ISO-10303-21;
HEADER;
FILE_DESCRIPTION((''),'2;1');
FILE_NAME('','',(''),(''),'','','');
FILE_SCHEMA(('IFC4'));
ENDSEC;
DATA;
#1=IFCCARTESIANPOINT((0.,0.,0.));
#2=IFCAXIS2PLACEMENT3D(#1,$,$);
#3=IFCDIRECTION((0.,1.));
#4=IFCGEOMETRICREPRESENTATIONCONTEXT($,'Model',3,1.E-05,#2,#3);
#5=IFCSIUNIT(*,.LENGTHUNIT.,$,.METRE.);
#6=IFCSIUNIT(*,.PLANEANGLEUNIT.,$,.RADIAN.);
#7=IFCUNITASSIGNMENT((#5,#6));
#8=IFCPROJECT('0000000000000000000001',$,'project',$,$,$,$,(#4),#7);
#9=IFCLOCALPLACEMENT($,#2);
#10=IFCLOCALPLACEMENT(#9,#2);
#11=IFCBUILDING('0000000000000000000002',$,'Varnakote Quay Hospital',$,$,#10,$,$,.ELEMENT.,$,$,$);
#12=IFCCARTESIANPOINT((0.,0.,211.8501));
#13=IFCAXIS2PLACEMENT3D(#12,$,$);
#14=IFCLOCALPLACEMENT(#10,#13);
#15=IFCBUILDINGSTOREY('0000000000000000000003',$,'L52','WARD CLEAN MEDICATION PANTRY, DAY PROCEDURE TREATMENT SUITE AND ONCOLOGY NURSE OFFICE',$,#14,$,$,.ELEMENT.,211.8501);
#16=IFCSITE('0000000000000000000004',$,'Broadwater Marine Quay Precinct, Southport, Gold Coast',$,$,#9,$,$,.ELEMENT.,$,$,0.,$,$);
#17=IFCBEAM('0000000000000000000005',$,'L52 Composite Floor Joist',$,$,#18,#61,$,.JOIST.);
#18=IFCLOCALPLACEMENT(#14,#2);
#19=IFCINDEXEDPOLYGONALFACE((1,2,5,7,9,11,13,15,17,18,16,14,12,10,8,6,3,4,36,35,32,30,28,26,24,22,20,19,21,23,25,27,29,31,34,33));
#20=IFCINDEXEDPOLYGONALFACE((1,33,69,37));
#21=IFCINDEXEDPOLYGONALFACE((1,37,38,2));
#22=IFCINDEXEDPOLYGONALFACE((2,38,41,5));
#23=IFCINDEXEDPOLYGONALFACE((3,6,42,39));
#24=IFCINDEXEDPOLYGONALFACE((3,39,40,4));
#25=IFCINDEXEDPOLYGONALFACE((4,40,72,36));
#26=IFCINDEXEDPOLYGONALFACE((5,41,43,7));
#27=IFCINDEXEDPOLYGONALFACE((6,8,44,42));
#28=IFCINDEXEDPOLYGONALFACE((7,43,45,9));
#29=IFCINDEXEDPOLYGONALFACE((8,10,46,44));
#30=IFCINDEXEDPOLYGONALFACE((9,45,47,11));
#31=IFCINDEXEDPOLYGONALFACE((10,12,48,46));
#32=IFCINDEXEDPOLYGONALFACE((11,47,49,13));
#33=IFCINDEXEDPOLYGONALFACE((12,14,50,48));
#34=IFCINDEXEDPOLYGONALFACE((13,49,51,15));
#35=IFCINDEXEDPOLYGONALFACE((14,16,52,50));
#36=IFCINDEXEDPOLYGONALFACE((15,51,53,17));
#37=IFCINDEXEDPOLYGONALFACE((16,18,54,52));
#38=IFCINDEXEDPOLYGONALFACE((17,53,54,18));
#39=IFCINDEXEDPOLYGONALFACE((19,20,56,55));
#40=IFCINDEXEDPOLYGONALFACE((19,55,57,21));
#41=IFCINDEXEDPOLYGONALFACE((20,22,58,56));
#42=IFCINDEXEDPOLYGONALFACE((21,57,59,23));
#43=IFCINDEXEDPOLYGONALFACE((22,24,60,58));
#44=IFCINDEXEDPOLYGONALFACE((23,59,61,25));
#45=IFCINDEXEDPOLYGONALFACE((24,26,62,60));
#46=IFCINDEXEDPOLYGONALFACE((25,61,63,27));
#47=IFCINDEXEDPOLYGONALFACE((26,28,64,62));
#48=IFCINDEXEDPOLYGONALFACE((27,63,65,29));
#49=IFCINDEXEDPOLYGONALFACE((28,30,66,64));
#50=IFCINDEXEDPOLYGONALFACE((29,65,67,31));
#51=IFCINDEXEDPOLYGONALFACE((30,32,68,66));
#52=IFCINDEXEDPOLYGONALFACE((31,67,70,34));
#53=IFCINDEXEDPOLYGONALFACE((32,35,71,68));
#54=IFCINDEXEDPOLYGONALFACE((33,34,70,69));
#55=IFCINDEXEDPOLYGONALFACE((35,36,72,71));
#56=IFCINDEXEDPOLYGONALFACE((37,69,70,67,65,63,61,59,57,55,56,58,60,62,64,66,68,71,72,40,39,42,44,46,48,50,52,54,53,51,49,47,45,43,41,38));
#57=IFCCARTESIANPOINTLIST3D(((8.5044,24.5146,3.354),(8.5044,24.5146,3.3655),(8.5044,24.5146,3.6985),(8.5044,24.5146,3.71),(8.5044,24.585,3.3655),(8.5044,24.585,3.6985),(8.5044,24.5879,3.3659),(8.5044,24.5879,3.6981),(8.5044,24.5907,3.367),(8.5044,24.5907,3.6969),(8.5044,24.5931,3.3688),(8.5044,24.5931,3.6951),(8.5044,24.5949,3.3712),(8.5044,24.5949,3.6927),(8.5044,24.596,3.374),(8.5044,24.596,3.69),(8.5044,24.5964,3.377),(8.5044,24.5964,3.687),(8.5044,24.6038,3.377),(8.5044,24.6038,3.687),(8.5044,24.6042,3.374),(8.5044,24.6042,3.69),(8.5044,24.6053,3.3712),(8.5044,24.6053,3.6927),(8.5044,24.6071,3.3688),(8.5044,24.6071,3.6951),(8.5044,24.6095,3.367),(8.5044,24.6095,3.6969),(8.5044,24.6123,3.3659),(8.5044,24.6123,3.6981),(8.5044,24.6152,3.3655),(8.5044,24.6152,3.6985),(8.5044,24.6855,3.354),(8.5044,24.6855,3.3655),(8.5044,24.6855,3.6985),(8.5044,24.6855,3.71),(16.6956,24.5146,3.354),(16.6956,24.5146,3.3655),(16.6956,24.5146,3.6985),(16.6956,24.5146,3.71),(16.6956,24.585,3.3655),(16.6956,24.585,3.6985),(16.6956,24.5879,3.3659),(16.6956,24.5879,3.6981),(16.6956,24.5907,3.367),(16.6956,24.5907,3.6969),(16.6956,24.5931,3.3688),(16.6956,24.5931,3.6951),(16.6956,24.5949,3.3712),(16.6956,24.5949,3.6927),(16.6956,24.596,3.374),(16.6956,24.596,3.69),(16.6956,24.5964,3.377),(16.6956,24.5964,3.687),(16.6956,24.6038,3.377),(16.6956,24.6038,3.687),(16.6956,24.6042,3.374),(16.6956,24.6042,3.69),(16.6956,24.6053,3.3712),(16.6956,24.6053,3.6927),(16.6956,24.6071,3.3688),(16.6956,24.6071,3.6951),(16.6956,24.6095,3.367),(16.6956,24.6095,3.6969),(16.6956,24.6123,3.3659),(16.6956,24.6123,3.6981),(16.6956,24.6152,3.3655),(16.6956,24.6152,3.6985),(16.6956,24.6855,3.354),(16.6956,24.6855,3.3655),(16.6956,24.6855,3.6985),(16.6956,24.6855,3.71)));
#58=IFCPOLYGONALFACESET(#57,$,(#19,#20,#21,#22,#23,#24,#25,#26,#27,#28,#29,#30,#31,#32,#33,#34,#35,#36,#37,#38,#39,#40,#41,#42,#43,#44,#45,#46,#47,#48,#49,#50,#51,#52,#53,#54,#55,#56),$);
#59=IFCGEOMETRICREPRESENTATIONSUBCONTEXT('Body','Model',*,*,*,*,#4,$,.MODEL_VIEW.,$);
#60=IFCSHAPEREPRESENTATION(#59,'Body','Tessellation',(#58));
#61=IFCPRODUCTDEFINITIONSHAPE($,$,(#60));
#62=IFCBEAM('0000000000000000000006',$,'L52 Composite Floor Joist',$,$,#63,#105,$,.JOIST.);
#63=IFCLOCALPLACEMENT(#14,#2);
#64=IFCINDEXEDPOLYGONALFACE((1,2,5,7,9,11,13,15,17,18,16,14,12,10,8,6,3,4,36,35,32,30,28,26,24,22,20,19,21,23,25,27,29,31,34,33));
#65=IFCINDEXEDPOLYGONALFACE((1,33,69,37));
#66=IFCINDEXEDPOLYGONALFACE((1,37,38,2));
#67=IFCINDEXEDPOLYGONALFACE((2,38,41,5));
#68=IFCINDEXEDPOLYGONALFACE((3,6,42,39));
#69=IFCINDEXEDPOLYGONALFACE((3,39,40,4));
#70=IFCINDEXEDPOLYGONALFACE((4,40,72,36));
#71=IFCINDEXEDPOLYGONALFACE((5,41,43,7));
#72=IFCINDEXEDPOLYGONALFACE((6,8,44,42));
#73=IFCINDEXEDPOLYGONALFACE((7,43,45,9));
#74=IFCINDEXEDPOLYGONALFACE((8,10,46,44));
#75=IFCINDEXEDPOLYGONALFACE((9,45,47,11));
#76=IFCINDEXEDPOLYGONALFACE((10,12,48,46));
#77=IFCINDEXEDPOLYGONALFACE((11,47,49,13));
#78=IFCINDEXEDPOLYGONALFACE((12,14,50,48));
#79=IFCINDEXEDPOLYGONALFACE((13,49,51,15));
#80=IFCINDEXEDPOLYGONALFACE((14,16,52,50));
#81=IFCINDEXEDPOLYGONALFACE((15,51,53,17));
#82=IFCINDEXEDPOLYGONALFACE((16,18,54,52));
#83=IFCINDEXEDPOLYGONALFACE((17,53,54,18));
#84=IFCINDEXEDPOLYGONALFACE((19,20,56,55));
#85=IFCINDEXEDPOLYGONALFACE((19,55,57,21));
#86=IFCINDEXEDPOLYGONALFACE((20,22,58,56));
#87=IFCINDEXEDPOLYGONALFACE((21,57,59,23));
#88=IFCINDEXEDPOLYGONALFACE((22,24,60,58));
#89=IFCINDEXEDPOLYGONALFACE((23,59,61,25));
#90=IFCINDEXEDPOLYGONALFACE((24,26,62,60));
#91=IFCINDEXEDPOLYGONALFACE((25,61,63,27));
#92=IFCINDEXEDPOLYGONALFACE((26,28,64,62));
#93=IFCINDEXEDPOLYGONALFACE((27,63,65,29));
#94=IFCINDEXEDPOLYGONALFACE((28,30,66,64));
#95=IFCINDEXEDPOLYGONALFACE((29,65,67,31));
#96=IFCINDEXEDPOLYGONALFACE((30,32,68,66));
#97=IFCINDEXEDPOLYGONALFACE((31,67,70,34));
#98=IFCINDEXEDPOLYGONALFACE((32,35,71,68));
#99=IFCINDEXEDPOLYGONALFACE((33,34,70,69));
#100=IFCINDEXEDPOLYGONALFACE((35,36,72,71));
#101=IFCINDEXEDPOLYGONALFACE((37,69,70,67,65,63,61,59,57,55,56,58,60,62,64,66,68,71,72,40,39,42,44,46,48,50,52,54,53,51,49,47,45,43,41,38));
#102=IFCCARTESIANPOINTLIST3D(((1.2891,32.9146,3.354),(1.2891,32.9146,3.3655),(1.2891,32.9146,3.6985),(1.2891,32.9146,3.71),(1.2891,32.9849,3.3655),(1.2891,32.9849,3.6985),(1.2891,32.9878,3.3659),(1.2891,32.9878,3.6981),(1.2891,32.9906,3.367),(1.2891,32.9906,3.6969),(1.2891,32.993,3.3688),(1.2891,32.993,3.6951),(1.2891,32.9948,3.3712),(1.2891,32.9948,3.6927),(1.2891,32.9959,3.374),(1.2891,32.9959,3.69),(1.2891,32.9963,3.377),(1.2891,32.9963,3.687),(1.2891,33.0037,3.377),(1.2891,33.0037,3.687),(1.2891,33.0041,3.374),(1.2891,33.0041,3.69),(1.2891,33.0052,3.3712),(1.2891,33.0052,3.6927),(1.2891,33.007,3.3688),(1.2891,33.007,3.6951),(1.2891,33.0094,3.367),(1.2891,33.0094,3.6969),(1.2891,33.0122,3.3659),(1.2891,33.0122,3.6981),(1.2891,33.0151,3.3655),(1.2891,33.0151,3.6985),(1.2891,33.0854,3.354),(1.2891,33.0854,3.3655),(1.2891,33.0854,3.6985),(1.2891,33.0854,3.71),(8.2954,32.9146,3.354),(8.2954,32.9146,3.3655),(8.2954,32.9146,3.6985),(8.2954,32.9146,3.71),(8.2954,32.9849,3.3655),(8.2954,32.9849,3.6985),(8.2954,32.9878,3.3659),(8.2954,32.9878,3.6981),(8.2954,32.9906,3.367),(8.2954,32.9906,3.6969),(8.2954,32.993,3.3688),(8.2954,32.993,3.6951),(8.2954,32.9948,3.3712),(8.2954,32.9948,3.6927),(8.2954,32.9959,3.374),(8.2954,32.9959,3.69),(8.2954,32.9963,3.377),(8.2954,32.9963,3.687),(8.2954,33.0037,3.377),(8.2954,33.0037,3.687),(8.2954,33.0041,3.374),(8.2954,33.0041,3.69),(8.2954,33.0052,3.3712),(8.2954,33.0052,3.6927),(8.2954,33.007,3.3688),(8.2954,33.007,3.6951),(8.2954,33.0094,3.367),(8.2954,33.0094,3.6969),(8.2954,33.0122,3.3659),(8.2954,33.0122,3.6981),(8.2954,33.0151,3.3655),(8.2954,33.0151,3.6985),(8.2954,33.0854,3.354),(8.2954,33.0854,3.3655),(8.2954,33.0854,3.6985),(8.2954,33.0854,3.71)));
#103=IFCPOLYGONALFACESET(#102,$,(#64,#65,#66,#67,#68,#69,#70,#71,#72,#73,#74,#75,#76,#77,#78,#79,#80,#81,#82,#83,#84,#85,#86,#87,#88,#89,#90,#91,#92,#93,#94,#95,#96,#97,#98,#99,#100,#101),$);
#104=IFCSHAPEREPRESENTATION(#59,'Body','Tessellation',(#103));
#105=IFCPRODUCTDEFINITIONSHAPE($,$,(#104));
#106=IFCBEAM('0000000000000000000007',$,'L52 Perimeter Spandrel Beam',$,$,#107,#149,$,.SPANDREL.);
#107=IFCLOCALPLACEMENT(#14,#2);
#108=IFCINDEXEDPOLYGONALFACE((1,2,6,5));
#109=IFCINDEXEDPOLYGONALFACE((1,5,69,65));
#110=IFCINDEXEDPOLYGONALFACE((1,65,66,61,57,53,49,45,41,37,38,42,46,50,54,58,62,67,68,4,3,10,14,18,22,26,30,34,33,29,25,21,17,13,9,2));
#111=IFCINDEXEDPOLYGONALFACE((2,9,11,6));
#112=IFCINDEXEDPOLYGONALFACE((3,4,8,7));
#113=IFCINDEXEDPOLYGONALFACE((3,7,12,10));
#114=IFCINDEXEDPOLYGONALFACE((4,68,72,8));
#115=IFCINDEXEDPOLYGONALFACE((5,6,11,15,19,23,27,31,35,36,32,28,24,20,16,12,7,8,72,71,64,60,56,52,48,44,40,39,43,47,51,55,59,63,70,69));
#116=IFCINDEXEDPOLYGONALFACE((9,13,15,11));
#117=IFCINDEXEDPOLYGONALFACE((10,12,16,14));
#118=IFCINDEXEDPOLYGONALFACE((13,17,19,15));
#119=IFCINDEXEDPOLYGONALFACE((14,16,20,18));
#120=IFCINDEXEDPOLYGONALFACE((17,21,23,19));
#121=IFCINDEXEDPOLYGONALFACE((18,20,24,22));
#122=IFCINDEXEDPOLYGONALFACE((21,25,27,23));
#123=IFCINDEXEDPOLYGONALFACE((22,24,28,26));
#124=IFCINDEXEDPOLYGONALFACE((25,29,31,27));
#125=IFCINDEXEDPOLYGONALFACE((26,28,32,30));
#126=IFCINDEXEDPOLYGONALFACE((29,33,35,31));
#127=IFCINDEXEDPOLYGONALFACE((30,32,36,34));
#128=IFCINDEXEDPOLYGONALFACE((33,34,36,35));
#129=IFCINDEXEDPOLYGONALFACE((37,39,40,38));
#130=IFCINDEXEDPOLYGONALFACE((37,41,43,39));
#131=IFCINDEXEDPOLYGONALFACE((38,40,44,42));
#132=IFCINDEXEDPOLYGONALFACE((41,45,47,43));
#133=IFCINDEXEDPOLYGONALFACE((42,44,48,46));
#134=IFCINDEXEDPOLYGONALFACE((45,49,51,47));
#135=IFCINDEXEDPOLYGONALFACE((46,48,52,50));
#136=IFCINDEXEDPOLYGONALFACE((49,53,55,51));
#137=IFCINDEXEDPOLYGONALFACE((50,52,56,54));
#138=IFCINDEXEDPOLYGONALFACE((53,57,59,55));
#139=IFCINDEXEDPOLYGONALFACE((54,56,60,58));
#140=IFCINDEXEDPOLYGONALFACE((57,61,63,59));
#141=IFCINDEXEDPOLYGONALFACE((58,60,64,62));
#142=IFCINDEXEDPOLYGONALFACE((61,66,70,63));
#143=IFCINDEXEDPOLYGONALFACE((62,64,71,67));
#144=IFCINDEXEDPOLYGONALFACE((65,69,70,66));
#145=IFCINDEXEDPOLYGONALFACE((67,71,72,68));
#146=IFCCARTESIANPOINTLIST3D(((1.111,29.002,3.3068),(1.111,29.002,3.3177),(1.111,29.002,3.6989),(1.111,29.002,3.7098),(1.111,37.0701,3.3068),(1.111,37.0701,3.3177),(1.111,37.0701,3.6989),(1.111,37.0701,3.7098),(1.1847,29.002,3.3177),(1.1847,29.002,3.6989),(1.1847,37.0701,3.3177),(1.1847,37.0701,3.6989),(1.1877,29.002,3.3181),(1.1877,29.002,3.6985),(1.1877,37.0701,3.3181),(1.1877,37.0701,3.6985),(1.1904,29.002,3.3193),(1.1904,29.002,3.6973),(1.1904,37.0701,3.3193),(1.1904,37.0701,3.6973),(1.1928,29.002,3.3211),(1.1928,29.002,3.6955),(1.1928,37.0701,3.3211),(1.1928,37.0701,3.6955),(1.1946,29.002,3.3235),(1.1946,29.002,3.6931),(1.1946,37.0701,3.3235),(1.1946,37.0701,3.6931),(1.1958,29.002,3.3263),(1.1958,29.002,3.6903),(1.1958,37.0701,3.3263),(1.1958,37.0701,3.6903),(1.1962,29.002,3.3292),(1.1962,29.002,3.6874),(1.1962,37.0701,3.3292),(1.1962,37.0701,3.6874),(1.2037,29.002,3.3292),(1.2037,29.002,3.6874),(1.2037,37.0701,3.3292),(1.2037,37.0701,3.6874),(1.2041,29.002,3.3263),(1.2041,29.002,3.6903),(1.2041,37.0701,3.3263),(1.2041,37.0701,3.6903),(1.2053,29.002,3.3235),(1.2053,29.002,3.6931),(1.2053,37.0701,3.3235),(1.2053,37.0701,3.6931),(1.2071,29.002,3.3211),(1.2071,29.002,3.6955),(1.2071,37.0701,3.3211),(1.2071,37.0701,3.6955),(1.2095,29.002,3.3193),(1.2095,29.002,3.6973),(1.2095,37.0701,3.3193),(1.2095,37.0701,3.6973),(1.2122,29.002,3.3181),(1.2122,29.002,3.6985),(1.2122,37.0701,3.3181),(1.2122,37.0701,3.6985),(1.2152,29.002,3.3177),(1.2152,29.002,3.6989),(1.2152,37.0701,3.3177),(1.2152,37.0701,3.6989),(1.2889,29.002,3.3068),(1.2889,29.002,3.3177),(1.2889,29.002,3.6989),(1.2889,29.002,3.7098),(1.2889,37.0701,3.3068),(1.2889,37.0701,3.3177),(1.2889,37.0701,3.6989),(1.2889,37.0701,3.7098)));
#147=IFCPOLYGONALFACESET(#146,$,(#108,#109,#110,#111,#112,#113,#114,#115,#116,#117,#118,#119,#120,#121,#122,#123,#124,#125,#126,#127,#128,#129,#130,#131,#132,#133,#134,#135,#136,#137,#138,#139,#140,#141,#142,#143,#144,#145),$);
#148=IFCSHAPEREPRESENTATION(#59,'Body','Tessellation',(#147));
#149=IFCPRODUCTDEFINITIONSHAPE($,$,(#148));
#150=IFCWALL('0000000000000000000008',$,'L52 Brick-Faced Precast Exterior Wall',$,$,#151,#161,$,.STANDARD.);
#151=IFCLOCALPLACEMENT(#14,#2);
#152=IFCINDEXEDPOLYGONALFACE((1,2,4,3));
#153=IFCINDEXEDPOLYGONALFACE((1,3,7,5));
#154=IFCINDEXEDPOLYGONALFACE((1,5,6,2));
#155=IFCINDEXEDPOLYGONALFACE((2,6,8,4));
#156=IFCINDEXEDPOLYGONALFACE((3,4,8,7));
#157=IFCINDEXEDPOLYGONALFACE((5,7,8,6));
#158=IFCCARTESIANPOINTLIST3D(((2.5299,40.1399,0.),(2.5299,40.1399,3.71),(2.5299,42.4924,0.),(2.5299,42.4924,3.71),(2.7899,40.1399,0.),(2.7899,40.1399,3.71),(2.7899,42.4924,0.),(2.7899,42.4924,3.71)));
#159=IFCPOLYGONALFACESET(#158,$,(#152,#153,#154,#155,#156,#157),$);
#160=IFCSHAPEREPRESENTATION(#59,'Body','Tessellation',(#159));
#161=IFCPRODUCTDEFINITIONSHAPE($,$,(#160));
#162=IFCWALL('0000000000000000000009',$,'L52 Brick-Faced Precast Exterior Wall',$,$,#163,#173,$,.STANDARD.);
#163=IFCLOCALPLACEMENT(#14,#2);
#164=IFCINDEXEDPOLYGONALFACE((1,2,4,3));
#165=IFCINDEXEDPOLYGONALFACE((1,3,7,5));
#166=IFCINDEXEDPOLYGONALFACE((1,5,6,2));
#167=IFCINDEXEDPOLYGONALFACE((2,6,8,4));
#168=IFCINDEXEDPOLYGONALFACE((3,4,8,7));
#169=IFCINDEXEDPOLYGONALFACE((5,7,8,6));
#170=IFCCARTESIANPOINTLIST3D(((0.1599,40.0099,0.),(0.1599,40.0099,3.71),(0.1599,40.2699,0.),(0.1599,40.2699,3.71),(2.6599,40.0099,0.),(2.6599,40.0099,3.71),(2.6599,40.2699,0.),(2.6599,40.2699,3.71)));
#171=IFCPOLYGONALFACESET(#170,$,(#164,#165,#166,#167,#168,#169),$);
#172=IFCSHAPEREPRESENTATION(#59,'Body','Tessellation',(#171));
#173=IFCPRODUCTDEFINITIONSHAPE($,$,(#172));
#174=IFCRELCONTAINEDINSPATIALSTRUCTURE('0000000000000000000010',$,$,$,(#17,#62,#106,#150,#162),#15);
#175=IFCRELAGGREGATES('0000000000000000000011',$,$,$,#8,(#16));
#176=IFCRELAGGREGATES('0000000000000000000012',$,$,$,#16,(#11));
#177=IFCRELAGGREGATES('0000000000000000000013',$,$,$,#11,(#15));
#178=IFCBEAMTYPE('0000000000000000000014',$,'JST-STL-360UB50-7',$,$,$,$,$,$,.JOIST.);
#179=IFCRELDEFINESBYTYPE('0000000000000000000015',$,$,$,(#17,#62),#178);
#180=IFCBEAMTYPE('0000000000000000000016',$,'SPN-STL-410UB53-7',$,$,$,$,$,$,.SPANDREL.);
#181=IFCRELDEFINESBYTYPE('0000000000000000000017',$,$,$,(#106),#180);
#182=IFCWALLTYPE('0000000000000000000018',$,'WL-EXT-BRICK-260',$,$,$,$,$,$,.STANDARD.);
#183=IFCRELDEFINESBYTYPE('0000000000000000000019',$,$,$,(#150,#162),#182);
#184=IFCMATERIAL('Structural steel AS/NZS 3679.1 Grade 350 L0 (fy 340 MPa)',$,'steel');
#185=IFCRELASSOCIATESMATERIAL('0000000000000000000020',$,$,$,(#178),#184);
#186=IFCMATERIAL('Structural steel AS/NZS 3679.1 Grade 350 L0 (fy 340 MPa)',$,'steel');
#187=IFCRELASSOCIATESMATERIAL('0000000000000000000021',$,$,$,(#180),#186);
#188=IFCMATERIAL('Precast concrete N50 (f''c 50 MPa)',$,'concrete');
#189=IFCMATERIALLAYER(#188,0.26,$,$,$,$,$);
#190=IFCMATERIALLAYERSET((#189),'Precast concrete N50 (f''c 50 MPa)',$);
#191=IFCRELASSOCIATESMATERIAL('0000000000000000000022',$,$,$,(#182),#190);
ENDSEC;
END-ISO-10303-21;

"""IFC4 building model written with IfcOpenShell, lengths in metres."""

from ifc_helpers import new_model, si_unit, direction, frame, frame_2d, origin, origin_2d, place, context, subcontext, project, spatial, rectangle, i_section, extrude, material, layer, layer_set, material_profile, profile_set, type_object, element, save


model = new_model("IFC4")

# Units and contexts
model_context = context("Model", 3, precision=1e-05, world=origin(), true_north=direction((0.0, 1.0)))
body_context = subcontext(model_context, "Body", "Model", "MODEL_VIEW")
ifc_project = project(units=[si_unit("LENGTHUNIT", "METRE"), si_unit("PLANEANGLEUNIT", "RADIAN")], contexts=[model_context])

# Site, building, storey
site_placement = place(None, origin())
site = spatial("IfcSite", under=ifc_project, at=site_placement, Name="Broadwater Marine Quay Precinct, Southport, Gold Coast", CompositionType="ELEMENT", RefElevation=0.0)
building_placement = place(site_placement, origin())
building = spatial("IfcBuilding", under=site, at=building_placement, Name="Varnakote Quay Hospital", CompositionType="ELEMENT")
storey_placement = place(building_placement, frame((0.0, 0.0, 211.8501)))
storey = spatial("IfcBuildingStorey", under=building, at=storey_placement, Name="L52", Description="WARD CLEAN MEDICATION PANTRY, DAY PROCEDURE TREATMENT SUITE AND ONCOLOGY NURSE OFFICE", CompositionType="ELEMENT", Elevation=211.8501)

# Beams
ifc_material_1 = material(Name="Structural steel AS/NZS 3679.1 Grade 350 L0 (fy 340 MPa)", Category="steel")
ifc_material_profile_1 = material_profile(ifc_material_1, i_section(OverallWidth=0.1709, OverallDepth=0.356, WebThickness=0.0073, FlangeThickness=0.0115, FilletRadius=0.0115, at=origin_2d()), Name="360UB50.7")
ifc_profile_set_1 = profile_set([ifc_material_profile_1], Name="Structural steel AS/NZS 3679.1 Grade 350 L0 (fy 340 MPa)")
beam_type_1 = type_object("IfcBeamType", Name="JST-STL-360UB50-7", PredefinedType="JOIST", material=ifc_profile_set_1)
beam_1_placement = place(storey_placement, frame((8.5044, 24.6001, 3.532), z_axis=(1.0, 0.0, 0.0), x_axis=(0.0, 1.0, 0.0)))
element("IfcBeam", 1, at=beam_1_placement, inside=storey, type_object=beam_type_1, Name="L52 Composite Floor Joist", PredefinedType="JOIST", context=body_context, shape_type="SweptSolid", body=[
    extrude(i_section(OverallWidth=0.1709, OverallDepth=0.356, WebThickness=0.0073, FlangeThickness=0.0115, FilletRadius=0.0115, at=origin_2d()), origin(), (0.0, 0.0, 1.0), 8.1912),
])
beam_2_placement = place(storey_placement, frame((1.2891, 33.0, 3.532), z_axis=(1.0, 0.0, 0.0), x_axis=(0.0, 1.0, 0.0)))
element("IfcBeam", 2, at=beam_2_placement, inside=storey, type_object=beam_type_1, Name="L52 Composite Floor Joist", PredefinedType="JOIST", context=body_context, shape_type="SweptSolid", body=[
    extrude(i_section(OverallWidth=0.1709, OverallDepth=0.356, WebThickness=0.0073, FlangeThickness=0.0115, FilletRadius=0.0115, at=origin_2d()), origin(), (0.0, 0.0, 1.0), 7.0063),
])
ifc_material_2 = material(Name="Structural steel AS/NZS 3679.1 Grade 350 L0 (fy 340 MPa)", Category="steel")
ifc_material_profile_2 = material_profile(ifc_material_2, i_section(OverallWidth=0.178, OverallDepth=0.4031, WebThickness=0.0076, FlangeThickness=0.011, FilletRadius=0.0115, at=origin_2d()), Name="410UB53.7")
ifc_profile_set_2 = profile_set([ifc_material_profile_2], Name="Structural steel AS/NZS 3679.1 Grade 350 L0 (fy 340 MPa)")
beam_type_2 = type_object("IfcBeamType", Name="SPN-STL-410UB53-7", PredefinedType="SPANDREL", material=ifc_profile_set_2)
beam_3_placement = place(storey_placement, frame((1.2, 29.002, 3.5083), z_axis=(0.0, 1.0, 0.0), x_axis=(-1.0, 0.0, 0.0)))
element("IfcBeam", 3, at=beam_3_placement, inside=storey, type_object=beam_type_2, Name="L52 Perimeter Spandrel Beam", PredefinedType="SPANDREL", context=body_context, shape_type="SweptSolid", body=[
    extrude(i_section(OverallWidth=0.178, OverallDepth=0.4031, WebThickness=0.0076, FlangeThickness=0.011, FilletRadius=0.0115, at=origin_2d()), origin(), (0.0, 0.0, 1.0), 8.0681),
])

# Walls
ifc_material_3 = material(Name="Precast concrete N50 (f'c 50 MPa)", Category="concrete")
ifc_layer = layer(ifc_material_3, 0.26)
ifc_layer_set = layer_set([ifc_layer], Name="Precast concrete N50 (f'c 50 MPa)")
wall_type = type_object("IfcWallType", Name="WL-EXT-BRICK-260", PredefinedType="STANDARD", material=ifc_layer_set)
wall_1_placement = place(storey_placement, frame((2.6599, 42.4924, 0.0), z_axis=(0.0, 0.0, 1.0), x_axis=(0.0, -1.0, 0.0)))
element("IfcWall", 4, at=wall_1_placement, inside=storey, type_object=wall_type, Name="L52 Brick-Faced Precast Exterior Wall", PredefinedType="STANDARD", context=body_context, shape_type="SweptSolid", body=[
    extrude(rectangle(XDim=2.3525, YDim=0.26, at=frame_2d((1.1763, 0.0))), origin(), (0.0, 0.0, 1.0), 3.71),
])
wall_2_placement = place(storey_placement, frame((2.6599, 40.1399, 0.0), z_axis=(0.0, 0.0, 1.0), x_axis=(-1.0, 0.0, 0.0)))
element("IfcWall", 5, at=wall_2_placement, inside=storey, type_object=wall_type, Name="L52 Brick-Faced Precast Exterior Wall", PredefinedType="STANDARD", context=body_context, shape_type="SweptSolid", body=[
    extrude(rectangle(XDim=2.5, YDim=0.26, at=frame_2d((1.25, 0.0))), origin(), (0.0, 0.0, 1.0), 3.71),
])

save(model, "model.ifc")
